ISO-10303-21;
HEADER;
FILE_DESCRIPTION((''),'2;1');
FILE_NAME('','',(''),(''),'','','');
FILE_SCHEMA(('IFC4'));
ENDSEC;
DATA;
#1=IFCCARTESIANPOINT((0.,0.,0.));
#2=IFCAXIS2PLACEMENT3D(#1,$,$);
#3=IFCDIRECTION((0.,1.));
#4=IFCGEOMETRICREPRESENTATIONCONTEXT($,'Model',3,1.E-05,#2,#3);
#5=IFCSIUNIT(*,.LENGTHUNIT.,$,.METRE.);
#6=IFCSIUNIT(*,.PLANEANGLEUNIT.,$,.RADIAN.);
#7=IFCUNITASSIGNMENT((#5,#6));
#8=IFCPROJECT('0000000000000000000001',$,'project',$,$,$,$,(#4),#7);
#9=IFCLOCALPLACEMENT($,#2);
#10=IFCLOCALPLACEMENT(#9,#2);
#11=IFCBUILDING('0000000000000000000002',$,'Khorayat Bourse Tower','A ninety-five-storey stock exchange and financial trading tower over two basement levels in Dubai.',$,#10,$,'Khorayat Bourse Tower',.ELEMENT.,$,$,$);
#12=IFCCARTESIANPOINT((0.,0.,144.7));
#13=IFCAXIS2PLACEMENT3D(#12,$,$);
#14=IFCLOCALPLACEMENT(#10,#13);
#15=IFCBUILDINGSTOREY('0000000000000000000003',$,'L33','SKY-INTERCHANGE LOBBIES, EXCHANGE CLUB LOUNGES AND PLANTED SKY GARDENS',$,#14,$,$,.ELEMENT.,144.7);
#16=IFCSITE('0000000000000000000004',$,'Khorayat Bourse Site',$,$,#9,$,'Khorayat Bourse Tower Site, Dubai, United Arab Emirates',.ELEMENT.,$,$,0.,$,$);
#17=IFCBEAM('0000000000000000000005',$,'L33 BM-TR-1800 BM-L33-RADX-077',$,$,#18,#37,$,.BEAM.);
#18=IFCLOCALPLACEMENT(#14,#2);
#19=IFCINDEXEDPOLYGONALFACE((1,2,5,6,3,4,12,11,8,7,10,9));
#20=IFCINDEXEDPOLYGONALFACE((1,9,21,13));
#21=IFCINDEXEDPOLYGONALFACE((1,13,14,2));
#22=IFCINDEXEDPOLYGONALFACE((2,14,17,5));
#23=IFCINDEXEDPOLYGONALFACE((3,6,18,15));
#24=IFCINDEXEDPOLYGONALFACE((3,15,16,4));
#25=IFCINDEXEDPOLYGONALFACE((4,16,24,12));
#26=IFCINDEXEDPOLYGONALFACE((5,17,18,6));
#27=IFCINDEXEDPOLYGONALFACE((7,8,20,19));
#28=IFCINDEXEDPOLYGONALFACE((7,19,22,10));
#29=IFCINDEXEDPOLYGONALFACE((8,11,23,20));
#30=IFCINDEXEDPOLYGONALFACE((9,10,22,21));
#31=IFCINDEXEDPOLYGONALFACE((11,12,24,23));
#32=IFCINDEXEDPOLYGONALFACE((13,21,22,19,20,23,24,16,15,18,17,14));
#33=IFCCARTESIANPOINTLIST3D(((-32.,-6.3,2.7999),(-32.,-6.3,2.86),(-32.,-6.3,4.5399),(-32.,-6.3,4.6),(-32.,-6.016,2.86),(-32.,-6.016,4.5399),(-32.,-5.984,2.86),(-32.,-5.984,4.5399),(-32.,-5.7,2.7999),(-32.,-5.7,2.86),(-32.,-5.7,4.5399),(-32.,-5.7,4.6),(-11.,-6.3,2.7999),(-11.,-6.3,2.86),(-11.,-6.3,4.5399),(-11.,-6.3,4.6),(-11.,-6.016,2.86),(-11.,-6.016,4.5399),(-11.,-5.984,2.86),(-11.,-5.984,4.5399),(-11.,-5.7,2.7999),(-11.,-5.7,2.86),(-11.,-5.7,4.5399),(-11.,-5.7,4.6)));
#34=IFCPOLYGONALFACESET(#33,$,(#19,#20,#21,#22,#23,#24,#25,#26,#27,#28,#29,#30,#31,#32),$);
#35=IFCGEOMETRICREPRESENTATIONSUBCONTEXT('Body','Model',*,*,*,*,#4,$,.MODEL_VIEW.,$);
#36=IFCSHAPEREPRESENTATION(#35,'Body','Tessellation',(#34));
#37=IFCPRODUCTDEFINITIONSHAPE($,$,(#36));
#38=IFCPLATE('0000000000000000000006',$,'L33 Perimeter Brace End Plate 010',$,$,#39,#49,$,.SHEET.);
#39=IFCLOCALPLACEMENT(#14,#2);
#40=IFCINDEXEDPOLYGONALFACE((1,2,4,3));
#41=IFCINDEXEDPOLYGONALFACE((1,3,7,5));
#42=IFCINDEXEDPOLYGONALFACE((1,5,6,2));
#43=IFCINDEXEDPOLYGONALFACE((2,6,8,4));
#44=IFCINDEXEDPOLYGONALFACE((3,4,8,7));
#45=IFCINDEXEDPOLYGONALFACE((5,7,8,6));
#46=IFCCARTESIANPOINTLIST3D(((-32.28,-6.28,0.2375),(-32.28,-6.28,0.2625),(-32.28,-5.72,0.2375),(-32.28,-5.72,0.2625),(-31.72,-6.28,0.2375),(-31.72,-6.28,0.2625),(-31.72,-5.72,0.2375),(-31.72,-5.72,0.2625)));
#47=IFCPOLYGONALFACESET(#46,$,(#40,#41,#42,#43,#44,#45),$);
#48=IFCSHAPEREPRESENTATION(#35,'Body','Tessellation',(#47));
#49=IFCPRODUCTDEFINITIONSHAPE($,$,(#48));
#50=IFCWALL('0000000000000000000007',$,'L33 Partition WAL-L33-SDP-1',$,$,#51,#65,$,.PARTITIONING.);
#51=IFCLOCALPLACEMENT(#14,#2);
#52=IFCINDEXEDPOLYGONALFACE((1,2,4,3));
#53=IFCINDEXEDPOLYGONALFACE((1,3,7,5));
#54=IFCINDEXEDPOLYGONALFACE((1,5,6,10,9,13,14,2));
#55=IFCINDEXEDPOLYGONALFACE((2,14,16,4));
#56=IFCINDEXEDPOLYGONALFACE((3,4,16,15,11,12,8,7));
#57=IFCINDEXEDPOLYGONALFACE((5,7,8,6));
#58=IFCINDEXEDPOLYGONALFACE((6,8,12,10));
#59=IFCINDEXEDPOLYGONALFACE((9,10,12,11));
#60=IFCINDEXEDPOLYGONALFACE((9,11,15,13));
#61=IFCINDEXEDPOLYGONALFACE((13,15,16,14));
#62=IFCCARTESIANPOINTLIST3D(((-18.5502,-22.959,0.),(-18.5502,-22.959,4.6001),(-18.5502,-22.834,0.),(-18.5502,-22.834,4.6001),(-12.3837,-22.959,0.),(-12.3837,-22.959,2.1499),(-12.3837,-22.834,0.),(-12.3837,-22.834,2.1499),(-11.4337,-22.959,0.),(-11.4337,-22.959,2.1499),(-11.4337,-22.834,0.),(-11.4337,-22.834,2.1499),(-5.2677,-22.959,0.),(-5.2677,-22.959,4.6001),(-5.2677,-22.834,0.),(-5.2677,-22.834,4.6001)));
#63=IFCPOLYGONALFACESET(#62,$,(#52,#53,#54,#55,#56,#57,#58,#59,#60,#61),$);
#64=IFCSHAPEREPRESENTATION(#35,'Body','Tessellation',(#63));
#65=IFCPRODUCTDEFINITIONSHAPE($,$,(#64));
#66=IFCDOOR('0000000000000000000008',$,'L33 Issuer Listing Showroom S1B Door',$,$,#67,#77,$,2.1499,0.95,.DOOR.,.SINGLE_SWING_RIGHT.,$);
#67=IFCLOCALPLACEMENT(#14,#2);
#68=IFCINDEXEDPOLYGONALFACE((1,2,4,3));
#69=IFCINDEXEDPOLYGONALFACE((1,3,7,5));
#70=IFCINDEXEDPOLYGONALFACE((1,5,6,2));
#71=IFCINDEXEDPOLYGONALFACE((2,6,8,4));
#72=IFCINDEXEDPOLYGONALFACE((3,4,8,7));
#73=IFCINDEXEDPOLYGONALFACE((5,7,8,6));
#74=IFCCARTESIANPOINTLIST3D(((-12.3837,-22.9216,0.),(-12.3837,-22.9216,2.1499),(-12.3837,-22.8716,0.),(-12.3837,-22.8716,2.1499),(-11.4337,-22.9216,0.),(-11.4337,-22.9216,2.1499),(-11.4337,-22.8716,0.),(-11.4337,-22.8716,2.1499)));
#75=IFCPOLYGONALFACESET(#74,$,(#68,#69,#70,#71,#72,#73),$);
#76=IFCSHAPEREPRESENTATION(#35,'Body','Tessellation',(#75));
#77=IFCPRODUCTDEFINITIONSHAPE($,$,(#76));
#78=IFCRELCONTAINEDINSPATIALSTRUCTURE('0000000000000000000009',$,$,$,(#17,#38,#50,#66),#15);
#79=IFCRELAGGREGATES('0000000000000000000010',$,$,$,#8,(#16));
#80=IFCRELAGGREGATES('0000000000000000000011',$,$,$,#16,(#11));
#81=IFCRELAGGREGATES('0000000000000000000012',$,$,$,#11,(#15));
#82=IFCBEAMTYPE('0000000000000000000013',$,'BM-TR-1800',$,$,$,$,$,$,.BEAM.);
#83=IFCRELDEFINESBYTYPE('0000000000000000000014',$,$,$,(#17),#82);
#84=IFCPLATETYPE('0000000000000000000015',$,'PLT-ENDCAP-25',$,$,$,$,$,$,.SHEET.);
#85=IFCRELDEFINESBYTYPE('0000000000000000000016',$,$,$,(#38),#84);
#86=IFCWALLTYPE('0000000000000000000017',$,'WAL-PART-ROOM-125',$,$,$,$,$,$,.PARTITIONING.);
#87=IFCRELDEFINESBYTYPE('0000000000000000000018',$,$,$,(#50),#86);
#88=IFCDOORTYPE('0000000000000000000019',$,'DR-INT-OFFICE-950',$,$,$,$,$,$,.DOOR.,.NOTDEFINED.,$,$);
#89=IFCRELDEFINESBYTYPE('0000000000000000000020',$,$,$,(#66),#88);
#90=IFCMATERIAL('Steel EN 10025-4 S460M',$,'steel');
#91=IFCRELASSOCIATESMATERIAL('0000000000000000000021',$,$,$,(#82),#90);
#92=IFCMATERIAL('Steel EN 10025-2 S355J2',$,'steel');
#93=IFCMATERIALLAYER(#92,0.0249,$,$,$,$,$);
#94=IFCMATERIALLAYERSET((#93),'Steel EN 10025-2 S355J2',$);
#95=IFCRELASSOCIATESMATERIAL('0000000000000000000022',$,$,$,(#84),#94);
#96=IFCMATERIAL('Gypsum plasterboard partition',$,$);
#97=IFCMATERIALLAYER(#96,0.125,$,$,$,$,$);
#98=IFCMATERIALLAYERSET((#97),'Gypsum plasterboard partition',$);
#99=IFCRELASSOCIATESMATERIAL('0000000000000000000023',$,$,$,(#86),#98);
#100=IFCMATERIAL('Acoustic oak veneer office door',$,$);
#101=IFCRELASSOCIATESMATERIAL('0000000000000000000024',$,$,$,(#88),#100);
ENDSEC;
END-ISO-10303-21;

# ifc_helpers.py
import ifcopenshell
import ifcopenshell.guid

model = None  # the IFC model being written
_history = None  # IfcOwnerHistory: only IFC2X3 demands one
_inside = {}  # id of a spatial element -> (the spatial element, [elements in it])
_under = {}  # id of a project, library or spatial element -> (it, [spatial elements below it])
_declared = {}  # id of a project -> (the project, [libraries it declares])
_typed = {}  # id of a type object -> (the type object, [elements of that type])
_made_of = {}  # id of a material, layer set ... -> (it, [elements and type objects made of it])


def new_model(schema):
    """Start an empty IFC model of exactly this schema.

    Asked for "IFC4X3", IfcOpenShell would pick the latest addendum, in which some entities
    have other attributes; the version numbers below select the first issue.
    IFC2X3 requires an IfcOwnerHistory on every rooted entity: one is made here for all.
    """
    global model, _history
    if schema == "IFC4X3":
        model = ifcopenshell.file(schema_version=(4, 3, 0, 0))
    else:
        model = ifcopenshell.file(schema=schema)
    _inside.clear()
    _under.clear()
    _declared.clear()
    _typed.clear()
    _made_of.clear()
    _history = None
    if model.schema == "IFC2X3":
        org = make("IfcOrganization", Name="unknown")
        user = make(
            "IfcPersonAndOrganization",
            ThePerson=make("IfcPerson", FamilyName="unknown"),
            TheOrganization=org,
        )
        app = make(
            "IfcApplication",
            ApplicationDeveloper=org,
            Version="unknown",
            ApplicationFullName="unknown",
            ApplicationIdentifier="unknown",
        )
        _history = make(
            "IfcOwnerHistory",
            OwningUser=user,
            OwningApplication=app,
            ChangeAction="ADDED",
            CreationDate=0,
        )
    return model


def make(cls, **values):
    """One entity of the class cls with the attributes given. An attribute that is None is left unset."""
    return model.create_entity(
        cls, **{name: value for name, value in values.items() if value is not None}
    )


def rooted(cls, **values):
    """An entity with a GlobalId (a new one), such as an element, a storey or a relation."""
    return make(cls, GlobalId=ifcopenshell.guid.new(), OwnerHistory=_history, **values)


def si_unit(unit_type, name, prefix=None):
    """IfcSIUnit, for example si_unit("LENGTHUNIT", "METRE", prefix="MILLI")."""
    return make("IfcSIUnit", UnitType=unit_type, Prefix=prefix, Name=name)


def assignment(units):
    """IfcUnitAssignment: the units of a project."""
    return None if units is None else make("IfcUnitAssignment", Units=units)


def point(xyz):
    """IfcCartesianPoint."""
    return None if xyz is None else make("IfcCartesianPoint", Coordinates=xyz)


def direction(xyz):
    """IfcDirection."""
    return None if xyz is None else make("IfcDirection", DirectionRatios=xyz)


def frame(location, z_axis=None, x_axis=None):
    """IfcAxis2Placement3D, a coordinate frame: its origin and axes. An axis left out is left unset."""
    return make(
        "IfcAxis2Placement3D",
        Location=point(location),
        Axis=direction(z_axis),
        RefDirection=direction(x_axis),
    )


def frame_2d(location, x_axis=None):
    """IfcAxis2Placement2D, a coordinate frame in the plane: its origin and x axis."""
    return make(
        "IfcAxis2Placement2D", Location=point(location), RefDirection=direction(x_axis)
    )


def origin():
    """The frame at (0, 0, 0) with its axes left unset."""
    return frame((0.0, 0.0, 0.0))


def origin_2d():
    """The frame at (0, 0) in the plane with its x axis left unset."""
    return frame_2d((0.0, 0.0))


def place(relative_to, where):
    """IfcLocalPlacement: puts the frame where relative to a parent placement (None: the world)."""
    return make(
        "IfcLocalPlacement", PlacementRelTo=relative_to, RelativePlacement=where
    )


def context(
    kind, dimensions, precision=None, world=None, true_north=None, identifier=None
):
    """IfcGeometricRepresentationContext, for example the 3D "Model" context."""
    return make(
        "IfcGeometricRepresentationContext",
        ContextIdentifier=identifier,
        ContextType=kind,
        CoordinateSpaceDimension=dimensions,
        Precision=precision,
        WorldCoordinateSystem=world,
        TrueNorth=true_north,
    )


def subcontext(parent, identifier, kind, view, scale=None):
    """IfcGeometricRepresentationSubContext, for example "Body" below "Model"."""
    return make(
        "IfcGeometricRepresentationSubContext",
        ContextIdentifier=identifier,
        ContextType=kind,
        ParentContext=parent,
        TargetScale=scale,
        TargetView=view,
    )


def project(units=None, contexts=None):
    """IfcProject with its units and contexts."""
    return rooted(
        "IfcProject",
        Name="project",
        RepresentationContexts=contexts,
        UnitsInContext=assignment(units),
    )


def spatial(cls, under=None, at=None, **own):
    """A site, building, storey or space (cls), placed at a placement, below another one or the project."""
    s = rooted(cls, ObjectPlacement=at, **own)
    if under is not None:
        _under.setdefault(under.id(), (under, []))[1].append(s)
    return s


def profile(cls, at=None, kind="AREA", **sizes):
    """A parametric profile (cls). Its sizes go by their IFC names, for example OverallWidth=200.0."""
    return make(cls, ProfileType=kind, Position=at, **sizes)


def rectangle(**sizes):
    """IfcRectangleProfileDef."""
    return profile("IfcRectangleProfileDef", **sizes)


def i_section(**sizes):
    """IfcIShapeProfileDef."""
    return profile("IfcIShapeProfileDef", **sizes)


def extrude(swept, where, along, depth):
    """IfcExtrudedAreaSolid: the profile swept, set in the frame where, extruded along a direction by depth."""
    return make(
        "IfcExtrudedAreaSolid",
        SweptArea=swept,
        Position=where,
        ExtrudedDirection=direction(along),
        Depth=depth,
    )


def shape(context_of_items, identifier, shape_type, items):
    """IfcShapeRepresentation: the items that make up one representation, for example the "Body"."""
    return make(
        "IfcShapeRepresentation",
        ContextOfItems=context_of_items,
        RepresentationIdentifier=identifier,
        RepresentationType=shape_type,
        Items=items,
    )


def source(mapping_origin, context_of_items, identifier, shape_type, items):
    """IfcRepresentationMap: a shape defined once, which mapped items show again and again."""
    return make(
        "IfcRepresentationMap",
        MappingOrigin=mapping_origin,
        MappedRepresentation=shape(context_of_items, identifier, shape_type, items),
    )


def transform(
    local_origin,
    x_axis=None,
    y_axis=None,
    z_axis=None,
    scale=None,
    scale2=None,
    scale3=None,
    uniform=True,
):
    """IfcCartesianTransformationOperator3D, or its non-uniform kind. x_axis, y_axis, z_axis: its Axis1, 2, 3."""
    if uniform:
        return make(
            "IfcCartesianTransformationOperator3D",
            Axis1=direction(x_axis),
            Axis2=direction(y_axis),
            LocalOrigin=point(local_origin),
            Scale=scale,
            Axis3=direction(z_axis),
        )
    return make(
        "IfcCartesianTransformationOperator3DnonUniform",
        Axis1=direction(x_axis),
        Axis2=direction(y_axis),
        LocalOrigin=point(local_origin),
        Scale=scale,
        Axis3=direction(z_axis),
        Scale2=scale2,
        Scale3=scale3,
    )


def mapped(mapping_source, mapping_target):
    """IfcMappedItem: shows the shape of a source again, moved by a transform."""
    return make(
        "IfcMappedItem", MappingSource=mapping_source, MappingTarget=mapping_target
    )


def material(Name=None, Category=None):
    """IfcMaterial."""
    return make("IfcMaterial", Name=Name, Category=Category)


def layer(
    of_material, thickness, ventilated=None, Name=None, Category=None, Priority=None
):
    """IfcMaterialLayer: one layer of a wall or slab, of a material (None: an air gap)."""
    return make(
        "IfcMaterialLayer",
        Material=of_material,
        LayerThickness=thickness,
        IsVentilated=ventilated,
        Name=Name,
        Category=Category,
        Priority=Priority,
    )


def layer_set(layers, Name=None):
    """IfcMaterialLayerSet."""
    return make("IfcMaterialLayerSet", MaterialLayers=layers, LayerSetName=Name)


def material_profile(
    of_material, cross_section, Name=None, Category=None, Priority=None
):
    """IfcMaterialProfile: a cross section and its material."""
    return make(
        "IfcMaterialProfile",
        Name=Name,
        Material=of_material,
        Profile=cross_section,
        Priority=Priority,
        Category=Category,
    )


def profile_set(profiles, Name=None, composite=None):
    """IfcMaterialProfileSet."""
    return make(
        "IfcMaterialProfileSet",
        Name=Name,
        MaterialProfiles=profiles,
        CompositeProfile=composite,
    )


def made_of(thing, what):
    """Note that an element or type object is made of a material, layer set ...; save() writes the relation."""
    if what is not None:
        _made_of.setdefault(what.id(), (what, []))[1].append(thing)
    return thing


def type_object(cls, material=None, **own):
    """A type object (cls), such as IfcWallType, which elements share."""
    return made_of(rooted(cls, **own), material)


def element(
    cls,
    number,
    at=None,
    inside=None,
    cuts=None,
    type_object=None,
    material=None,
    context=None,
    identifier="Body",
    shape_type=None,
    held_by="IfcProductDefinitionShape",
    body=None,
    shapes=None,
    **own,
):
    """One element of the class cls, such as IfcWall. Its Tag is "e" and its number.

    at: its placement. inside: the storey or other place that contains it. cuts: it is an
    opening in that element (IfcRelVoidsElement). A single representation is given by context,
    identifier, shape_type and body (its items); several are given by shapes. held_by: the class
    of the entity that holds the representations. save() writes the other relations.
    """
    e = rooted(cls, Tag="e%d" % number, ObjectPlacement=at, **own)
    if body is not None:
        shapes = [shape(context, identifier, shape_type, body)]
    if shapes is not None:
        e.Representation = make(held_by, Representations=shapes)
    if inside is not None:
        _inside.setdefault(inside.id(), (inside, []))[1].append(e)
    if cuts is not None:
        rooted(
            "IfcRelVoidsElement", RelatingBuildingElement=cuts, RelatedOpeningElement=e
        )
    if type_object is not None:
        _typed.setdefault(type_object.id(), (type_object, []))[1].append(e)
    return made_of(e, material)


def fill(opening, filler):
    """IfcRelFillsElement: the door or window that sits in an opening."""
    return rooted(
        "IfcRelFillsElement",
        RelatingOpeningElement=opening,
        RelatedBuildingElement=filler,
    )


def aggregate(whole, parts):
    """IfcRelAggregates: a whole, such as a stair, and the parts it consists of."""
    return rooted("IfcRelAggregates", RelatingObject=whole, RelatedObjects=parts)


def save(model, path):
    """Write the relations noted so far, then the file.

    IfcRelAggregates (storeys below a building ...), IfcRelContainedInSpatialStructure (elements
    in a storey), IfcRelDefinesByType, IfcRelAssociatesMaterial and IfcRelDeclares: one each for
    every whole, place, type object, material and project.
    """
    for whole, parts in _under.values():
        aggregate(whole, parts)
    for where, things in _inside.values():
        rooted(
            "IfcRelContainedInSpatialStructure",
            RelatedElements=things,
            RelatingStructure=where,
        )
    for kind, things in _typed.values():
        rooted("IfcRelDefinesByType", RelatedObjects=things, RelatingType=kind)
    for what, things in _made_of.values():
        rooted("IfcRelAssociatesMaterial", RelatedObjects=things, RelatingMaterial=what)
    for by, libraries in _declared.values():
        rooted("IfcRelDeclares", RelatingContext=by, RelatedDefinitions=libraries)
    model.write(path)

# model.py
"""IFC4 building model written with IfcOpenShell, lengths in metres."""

from ifc_helpers import new_model, si_unit, direction, frame, frame_2d, origin, origin_2d, place, context, subcontext, project, spatial, rectangle, i_section, extrude, source, transform, mapped, material, layer, layer_set, material_profile, profile_set, type_object, element, fill, save


model = new_model("IFC4")

# Units and contexts
model_context = context("Model", 3, precision=1e-05, world=origin(), true_north=direction((0.0, 1.0)))
body_context = subcontext(model_context, "Body", "Model", "MODEL_VIEW")
ifc_project = project(units=[si_unit("LENGTHUNIT", "METRE"), si_unit("PLANEANGLEUNIT", "RADIAN")], contexts=[model_context])

# Site, building, storey
site_placement = place(None, origin())
site = spatial("IfcSite", under=ifc_project, at=site_placement, Name="Khorayat Bourse Site", LongName="Khorayat Bourse Tower Site, Dubai, United Arab Emirates", CompositionType="ELEMENT", RefElevation=0.0)
building_placement = place(site_placement, origin())
building = spatial("IfcBuilding", under=site, at=building_placement, Name="Khorayat Bourse Tower", Description="A ninety-five-storey stock exchange and financial trading tower over two basement levels in Dubai.", LongName="Khorayat Bourse Tower", CompositionType="ELEMENT")
storey_placement = place(building_placement, frame((0.0, 0.0, 144.7)))
storey = spatial("IfcBuildingStorey", under=building, at=storey_placement, Name="L33", Description="SKY-INTERCHANGE LOBBIES, EXCHANGE CLUB LOUNGES AND PLANTED SKY GARDENS", CompositionType="ELEMENT", Elevation=144.7)

# Shared definitions
ifc_material_1 = material(Name="Steel EN 10025-4 S460M", Category="steel")

# Beam
ifc_material_profile_1 = material_profile(ifc_material_1, i_section(OverallWidth=0.6001, OverallDepth=1.8, WebThickness=0.032, FlangeThickness=0.0601, at=origin_2d()), Name="PG 1800x600x32x60")
ifc_profile_set_1 = profile_set([ifc_material_profile_1], Name="Steel EN 10025-4 S460M")
beam_type_1 = type_object("IfcBeamType", Name="BM-TR-1800", PredefinedType="BEAM", material=ifc_profile_set_1)
shared_shape_1 = source(origin(), body_context, "Body", "SweptSolid", [
    extrude(i_section(OverallWidth=0.6001, OverallDepth=1.8, WebThickness=0.032, FlangeThickness=0.0601, at=origin_2d()), origin(), (0.0, 0.0, 1.0), 21.0),
])
beam_1_placement = place(storey_placement, frame((-32.0, -6.0, 3.7), z_axis=(1.0, 0.0, 0.0), x_axis=(0.0, 1.0, 0.0)))
element("IfcBeam", 1, at=beam_1_placement, inside=storey, type_object=beam_type_1, Name="L33 BM-TR-1800 BM-L33-RADX-077", PredefinedType="BEAM", context=body_context, shape_type="MappedRepresentation", body=[
    mapped(shared_shape_1, transform((0.0, 0.0, 0.0), scale=1.0)),
])

# Plate
ifc_material_2 = material(Name="Steel EN 10025-2 S355J2", Category="steel")
ifc_layer_1 = layer(ifc_material_2, 0.0249)
ifc_layer_set_1 = layer_set([ifc_layer_1], Name="Steel EN 10025-2 S355J2")
plate_type = type_object("IfcPlateType", Name="PLT-ENDCAP-25", PredefinedType="SHEET", material=ifc_layer_set_1)
shared_shape_2 = source(origin(), body_context, "Body", "SweptSolid", [
    extrude(rectangle(XDim=0.5601, YDim=0.5601, at=origin_2d()), origin(), (0.0, 0.0, 1.0), 0.0249),
])
plate_placement = place(storey_placement, frame((-32.0, -6.0, 0.2375), z_axis=(0.0, 0.0, 1.0), x_axis=(1.0, 0.0, 0.0)))
element("IfcPlate", 2, at=plate_placement, inside=storey, type_object=plate_type, Name="L33 Perimeter Brace End Plate 010", PredefinedType="SHEET", context=body_context, shape_type="MappedRepresentation", body=[
    mapped(shared_shape_2, transform((0.0, 0.0, 0.0), scale=1.0)),
])

# Wall, opening, door
ifc_material_3 = material(Name="Gypsum plasterboard partition")
ifc_layer_2 = layer(ifc_material_3, 0.125)
ifc_layer_set_2 = layer_set([ifc_layer_2], Name="Gypsum plasterboard partition")
wall_type = type_object("IfcWallType", Name="WAL-PART-ROOM-125", PredefinedType="PARTITIONING", material=ifc_layer_set_2)
shared_shape_3 = source(origin(), body_context, "Body", "SweptSolid", [
    extrude(rectangle(XDim=13.2825, YDim=0.125, at=frame_2d((6.6411, 0.0))), origin(), (0.0, 0.0, 1.0), 4.6001),
])
wall_placement = place(storey_placement, frame((-18.55, -22.8965, 0.0), z_axis=(0.0, 0.0, 1.0), x_axis=(1.0, 0.0, 0.0)))
wall = element("IfcWall", 3, at=wall_placement, inside=storey, type_object=wall_type, Name="L33 Partition WAL-L33-SDP-1", PredefinedType="PARTITIONING", context=body_context, shape_type="MappedRepresentation", body=[
    mapped(shared_shape_3, transform((0.0, 0.0, 0.0), scale=1.0)),
])
shared_shape_4 = source(origin(), body_context, "Body", "SweptSolid", [
    extrude(rectangle(XDim=0.95, YDim=2.1499, at=frame_2d((0.4751, 1.075))), frame((0.0, 0.0725, 0.0), z_axis=(0.0, -1.0, 0.0), x_axis=(1.0, 0.0, 0.0)), (0.0, 0.0, 1.0), 0.145),
])
opening_placement = place(wall_placement, frame((6.1663, 0.0, 0.0)))
opening = element("IfcOpeningElement", 4, at=opening_placement, cuts=wall, PredefinedType="OPENING", context=body_context, shape_type="MappedRepresentation", body=[
    mapped(shared_shape_4, transform((0.0, 0.0, 0.0), scale=1.0)),
])
ifc_material_4 = material(Name="Acoustic oak veneer office door")
door_type = type_object("IfcDoorType", Name="DR-INT-OFFICE-950", OperationType="NOTDEFINED", PredefinedType="DOOR", material=ifc_material_4)
shared_shape_5 = source(origin(), body_context, "Body", "SweptSolid", [
    extrude(rectangle(XDim=0.95, YDim=2.1499, at=frame_2d((0.4751, 1.075))), frame((0.0, 0.0249, 0.0), z_axis=(0.0, -1.0, 0.0), x_axis=(1.0, 0.0, 0.0)), (0.0, 0.0, 1.0), 0.05),
])
door_placement = place(opening_placement, origin())
door = element("IfcDoor", 5, at=door_placement, inside=storey, type_object=door_type, Name="L33 Issuer Listing Showroom S1B Door", OperationType="SINGLE_SWING_RIGHT", OverallHeight=2.1499, OverallWidth=0.95, PredefinedType="DOOR", context=body_context, shape_type="MappedRepresentation", body=[
    mapped(shared_shape_5, transform((0.0, 0.0, 0.0), scale=1.0)),
])
fill(opening, door)

save(model, "model.ifc")
